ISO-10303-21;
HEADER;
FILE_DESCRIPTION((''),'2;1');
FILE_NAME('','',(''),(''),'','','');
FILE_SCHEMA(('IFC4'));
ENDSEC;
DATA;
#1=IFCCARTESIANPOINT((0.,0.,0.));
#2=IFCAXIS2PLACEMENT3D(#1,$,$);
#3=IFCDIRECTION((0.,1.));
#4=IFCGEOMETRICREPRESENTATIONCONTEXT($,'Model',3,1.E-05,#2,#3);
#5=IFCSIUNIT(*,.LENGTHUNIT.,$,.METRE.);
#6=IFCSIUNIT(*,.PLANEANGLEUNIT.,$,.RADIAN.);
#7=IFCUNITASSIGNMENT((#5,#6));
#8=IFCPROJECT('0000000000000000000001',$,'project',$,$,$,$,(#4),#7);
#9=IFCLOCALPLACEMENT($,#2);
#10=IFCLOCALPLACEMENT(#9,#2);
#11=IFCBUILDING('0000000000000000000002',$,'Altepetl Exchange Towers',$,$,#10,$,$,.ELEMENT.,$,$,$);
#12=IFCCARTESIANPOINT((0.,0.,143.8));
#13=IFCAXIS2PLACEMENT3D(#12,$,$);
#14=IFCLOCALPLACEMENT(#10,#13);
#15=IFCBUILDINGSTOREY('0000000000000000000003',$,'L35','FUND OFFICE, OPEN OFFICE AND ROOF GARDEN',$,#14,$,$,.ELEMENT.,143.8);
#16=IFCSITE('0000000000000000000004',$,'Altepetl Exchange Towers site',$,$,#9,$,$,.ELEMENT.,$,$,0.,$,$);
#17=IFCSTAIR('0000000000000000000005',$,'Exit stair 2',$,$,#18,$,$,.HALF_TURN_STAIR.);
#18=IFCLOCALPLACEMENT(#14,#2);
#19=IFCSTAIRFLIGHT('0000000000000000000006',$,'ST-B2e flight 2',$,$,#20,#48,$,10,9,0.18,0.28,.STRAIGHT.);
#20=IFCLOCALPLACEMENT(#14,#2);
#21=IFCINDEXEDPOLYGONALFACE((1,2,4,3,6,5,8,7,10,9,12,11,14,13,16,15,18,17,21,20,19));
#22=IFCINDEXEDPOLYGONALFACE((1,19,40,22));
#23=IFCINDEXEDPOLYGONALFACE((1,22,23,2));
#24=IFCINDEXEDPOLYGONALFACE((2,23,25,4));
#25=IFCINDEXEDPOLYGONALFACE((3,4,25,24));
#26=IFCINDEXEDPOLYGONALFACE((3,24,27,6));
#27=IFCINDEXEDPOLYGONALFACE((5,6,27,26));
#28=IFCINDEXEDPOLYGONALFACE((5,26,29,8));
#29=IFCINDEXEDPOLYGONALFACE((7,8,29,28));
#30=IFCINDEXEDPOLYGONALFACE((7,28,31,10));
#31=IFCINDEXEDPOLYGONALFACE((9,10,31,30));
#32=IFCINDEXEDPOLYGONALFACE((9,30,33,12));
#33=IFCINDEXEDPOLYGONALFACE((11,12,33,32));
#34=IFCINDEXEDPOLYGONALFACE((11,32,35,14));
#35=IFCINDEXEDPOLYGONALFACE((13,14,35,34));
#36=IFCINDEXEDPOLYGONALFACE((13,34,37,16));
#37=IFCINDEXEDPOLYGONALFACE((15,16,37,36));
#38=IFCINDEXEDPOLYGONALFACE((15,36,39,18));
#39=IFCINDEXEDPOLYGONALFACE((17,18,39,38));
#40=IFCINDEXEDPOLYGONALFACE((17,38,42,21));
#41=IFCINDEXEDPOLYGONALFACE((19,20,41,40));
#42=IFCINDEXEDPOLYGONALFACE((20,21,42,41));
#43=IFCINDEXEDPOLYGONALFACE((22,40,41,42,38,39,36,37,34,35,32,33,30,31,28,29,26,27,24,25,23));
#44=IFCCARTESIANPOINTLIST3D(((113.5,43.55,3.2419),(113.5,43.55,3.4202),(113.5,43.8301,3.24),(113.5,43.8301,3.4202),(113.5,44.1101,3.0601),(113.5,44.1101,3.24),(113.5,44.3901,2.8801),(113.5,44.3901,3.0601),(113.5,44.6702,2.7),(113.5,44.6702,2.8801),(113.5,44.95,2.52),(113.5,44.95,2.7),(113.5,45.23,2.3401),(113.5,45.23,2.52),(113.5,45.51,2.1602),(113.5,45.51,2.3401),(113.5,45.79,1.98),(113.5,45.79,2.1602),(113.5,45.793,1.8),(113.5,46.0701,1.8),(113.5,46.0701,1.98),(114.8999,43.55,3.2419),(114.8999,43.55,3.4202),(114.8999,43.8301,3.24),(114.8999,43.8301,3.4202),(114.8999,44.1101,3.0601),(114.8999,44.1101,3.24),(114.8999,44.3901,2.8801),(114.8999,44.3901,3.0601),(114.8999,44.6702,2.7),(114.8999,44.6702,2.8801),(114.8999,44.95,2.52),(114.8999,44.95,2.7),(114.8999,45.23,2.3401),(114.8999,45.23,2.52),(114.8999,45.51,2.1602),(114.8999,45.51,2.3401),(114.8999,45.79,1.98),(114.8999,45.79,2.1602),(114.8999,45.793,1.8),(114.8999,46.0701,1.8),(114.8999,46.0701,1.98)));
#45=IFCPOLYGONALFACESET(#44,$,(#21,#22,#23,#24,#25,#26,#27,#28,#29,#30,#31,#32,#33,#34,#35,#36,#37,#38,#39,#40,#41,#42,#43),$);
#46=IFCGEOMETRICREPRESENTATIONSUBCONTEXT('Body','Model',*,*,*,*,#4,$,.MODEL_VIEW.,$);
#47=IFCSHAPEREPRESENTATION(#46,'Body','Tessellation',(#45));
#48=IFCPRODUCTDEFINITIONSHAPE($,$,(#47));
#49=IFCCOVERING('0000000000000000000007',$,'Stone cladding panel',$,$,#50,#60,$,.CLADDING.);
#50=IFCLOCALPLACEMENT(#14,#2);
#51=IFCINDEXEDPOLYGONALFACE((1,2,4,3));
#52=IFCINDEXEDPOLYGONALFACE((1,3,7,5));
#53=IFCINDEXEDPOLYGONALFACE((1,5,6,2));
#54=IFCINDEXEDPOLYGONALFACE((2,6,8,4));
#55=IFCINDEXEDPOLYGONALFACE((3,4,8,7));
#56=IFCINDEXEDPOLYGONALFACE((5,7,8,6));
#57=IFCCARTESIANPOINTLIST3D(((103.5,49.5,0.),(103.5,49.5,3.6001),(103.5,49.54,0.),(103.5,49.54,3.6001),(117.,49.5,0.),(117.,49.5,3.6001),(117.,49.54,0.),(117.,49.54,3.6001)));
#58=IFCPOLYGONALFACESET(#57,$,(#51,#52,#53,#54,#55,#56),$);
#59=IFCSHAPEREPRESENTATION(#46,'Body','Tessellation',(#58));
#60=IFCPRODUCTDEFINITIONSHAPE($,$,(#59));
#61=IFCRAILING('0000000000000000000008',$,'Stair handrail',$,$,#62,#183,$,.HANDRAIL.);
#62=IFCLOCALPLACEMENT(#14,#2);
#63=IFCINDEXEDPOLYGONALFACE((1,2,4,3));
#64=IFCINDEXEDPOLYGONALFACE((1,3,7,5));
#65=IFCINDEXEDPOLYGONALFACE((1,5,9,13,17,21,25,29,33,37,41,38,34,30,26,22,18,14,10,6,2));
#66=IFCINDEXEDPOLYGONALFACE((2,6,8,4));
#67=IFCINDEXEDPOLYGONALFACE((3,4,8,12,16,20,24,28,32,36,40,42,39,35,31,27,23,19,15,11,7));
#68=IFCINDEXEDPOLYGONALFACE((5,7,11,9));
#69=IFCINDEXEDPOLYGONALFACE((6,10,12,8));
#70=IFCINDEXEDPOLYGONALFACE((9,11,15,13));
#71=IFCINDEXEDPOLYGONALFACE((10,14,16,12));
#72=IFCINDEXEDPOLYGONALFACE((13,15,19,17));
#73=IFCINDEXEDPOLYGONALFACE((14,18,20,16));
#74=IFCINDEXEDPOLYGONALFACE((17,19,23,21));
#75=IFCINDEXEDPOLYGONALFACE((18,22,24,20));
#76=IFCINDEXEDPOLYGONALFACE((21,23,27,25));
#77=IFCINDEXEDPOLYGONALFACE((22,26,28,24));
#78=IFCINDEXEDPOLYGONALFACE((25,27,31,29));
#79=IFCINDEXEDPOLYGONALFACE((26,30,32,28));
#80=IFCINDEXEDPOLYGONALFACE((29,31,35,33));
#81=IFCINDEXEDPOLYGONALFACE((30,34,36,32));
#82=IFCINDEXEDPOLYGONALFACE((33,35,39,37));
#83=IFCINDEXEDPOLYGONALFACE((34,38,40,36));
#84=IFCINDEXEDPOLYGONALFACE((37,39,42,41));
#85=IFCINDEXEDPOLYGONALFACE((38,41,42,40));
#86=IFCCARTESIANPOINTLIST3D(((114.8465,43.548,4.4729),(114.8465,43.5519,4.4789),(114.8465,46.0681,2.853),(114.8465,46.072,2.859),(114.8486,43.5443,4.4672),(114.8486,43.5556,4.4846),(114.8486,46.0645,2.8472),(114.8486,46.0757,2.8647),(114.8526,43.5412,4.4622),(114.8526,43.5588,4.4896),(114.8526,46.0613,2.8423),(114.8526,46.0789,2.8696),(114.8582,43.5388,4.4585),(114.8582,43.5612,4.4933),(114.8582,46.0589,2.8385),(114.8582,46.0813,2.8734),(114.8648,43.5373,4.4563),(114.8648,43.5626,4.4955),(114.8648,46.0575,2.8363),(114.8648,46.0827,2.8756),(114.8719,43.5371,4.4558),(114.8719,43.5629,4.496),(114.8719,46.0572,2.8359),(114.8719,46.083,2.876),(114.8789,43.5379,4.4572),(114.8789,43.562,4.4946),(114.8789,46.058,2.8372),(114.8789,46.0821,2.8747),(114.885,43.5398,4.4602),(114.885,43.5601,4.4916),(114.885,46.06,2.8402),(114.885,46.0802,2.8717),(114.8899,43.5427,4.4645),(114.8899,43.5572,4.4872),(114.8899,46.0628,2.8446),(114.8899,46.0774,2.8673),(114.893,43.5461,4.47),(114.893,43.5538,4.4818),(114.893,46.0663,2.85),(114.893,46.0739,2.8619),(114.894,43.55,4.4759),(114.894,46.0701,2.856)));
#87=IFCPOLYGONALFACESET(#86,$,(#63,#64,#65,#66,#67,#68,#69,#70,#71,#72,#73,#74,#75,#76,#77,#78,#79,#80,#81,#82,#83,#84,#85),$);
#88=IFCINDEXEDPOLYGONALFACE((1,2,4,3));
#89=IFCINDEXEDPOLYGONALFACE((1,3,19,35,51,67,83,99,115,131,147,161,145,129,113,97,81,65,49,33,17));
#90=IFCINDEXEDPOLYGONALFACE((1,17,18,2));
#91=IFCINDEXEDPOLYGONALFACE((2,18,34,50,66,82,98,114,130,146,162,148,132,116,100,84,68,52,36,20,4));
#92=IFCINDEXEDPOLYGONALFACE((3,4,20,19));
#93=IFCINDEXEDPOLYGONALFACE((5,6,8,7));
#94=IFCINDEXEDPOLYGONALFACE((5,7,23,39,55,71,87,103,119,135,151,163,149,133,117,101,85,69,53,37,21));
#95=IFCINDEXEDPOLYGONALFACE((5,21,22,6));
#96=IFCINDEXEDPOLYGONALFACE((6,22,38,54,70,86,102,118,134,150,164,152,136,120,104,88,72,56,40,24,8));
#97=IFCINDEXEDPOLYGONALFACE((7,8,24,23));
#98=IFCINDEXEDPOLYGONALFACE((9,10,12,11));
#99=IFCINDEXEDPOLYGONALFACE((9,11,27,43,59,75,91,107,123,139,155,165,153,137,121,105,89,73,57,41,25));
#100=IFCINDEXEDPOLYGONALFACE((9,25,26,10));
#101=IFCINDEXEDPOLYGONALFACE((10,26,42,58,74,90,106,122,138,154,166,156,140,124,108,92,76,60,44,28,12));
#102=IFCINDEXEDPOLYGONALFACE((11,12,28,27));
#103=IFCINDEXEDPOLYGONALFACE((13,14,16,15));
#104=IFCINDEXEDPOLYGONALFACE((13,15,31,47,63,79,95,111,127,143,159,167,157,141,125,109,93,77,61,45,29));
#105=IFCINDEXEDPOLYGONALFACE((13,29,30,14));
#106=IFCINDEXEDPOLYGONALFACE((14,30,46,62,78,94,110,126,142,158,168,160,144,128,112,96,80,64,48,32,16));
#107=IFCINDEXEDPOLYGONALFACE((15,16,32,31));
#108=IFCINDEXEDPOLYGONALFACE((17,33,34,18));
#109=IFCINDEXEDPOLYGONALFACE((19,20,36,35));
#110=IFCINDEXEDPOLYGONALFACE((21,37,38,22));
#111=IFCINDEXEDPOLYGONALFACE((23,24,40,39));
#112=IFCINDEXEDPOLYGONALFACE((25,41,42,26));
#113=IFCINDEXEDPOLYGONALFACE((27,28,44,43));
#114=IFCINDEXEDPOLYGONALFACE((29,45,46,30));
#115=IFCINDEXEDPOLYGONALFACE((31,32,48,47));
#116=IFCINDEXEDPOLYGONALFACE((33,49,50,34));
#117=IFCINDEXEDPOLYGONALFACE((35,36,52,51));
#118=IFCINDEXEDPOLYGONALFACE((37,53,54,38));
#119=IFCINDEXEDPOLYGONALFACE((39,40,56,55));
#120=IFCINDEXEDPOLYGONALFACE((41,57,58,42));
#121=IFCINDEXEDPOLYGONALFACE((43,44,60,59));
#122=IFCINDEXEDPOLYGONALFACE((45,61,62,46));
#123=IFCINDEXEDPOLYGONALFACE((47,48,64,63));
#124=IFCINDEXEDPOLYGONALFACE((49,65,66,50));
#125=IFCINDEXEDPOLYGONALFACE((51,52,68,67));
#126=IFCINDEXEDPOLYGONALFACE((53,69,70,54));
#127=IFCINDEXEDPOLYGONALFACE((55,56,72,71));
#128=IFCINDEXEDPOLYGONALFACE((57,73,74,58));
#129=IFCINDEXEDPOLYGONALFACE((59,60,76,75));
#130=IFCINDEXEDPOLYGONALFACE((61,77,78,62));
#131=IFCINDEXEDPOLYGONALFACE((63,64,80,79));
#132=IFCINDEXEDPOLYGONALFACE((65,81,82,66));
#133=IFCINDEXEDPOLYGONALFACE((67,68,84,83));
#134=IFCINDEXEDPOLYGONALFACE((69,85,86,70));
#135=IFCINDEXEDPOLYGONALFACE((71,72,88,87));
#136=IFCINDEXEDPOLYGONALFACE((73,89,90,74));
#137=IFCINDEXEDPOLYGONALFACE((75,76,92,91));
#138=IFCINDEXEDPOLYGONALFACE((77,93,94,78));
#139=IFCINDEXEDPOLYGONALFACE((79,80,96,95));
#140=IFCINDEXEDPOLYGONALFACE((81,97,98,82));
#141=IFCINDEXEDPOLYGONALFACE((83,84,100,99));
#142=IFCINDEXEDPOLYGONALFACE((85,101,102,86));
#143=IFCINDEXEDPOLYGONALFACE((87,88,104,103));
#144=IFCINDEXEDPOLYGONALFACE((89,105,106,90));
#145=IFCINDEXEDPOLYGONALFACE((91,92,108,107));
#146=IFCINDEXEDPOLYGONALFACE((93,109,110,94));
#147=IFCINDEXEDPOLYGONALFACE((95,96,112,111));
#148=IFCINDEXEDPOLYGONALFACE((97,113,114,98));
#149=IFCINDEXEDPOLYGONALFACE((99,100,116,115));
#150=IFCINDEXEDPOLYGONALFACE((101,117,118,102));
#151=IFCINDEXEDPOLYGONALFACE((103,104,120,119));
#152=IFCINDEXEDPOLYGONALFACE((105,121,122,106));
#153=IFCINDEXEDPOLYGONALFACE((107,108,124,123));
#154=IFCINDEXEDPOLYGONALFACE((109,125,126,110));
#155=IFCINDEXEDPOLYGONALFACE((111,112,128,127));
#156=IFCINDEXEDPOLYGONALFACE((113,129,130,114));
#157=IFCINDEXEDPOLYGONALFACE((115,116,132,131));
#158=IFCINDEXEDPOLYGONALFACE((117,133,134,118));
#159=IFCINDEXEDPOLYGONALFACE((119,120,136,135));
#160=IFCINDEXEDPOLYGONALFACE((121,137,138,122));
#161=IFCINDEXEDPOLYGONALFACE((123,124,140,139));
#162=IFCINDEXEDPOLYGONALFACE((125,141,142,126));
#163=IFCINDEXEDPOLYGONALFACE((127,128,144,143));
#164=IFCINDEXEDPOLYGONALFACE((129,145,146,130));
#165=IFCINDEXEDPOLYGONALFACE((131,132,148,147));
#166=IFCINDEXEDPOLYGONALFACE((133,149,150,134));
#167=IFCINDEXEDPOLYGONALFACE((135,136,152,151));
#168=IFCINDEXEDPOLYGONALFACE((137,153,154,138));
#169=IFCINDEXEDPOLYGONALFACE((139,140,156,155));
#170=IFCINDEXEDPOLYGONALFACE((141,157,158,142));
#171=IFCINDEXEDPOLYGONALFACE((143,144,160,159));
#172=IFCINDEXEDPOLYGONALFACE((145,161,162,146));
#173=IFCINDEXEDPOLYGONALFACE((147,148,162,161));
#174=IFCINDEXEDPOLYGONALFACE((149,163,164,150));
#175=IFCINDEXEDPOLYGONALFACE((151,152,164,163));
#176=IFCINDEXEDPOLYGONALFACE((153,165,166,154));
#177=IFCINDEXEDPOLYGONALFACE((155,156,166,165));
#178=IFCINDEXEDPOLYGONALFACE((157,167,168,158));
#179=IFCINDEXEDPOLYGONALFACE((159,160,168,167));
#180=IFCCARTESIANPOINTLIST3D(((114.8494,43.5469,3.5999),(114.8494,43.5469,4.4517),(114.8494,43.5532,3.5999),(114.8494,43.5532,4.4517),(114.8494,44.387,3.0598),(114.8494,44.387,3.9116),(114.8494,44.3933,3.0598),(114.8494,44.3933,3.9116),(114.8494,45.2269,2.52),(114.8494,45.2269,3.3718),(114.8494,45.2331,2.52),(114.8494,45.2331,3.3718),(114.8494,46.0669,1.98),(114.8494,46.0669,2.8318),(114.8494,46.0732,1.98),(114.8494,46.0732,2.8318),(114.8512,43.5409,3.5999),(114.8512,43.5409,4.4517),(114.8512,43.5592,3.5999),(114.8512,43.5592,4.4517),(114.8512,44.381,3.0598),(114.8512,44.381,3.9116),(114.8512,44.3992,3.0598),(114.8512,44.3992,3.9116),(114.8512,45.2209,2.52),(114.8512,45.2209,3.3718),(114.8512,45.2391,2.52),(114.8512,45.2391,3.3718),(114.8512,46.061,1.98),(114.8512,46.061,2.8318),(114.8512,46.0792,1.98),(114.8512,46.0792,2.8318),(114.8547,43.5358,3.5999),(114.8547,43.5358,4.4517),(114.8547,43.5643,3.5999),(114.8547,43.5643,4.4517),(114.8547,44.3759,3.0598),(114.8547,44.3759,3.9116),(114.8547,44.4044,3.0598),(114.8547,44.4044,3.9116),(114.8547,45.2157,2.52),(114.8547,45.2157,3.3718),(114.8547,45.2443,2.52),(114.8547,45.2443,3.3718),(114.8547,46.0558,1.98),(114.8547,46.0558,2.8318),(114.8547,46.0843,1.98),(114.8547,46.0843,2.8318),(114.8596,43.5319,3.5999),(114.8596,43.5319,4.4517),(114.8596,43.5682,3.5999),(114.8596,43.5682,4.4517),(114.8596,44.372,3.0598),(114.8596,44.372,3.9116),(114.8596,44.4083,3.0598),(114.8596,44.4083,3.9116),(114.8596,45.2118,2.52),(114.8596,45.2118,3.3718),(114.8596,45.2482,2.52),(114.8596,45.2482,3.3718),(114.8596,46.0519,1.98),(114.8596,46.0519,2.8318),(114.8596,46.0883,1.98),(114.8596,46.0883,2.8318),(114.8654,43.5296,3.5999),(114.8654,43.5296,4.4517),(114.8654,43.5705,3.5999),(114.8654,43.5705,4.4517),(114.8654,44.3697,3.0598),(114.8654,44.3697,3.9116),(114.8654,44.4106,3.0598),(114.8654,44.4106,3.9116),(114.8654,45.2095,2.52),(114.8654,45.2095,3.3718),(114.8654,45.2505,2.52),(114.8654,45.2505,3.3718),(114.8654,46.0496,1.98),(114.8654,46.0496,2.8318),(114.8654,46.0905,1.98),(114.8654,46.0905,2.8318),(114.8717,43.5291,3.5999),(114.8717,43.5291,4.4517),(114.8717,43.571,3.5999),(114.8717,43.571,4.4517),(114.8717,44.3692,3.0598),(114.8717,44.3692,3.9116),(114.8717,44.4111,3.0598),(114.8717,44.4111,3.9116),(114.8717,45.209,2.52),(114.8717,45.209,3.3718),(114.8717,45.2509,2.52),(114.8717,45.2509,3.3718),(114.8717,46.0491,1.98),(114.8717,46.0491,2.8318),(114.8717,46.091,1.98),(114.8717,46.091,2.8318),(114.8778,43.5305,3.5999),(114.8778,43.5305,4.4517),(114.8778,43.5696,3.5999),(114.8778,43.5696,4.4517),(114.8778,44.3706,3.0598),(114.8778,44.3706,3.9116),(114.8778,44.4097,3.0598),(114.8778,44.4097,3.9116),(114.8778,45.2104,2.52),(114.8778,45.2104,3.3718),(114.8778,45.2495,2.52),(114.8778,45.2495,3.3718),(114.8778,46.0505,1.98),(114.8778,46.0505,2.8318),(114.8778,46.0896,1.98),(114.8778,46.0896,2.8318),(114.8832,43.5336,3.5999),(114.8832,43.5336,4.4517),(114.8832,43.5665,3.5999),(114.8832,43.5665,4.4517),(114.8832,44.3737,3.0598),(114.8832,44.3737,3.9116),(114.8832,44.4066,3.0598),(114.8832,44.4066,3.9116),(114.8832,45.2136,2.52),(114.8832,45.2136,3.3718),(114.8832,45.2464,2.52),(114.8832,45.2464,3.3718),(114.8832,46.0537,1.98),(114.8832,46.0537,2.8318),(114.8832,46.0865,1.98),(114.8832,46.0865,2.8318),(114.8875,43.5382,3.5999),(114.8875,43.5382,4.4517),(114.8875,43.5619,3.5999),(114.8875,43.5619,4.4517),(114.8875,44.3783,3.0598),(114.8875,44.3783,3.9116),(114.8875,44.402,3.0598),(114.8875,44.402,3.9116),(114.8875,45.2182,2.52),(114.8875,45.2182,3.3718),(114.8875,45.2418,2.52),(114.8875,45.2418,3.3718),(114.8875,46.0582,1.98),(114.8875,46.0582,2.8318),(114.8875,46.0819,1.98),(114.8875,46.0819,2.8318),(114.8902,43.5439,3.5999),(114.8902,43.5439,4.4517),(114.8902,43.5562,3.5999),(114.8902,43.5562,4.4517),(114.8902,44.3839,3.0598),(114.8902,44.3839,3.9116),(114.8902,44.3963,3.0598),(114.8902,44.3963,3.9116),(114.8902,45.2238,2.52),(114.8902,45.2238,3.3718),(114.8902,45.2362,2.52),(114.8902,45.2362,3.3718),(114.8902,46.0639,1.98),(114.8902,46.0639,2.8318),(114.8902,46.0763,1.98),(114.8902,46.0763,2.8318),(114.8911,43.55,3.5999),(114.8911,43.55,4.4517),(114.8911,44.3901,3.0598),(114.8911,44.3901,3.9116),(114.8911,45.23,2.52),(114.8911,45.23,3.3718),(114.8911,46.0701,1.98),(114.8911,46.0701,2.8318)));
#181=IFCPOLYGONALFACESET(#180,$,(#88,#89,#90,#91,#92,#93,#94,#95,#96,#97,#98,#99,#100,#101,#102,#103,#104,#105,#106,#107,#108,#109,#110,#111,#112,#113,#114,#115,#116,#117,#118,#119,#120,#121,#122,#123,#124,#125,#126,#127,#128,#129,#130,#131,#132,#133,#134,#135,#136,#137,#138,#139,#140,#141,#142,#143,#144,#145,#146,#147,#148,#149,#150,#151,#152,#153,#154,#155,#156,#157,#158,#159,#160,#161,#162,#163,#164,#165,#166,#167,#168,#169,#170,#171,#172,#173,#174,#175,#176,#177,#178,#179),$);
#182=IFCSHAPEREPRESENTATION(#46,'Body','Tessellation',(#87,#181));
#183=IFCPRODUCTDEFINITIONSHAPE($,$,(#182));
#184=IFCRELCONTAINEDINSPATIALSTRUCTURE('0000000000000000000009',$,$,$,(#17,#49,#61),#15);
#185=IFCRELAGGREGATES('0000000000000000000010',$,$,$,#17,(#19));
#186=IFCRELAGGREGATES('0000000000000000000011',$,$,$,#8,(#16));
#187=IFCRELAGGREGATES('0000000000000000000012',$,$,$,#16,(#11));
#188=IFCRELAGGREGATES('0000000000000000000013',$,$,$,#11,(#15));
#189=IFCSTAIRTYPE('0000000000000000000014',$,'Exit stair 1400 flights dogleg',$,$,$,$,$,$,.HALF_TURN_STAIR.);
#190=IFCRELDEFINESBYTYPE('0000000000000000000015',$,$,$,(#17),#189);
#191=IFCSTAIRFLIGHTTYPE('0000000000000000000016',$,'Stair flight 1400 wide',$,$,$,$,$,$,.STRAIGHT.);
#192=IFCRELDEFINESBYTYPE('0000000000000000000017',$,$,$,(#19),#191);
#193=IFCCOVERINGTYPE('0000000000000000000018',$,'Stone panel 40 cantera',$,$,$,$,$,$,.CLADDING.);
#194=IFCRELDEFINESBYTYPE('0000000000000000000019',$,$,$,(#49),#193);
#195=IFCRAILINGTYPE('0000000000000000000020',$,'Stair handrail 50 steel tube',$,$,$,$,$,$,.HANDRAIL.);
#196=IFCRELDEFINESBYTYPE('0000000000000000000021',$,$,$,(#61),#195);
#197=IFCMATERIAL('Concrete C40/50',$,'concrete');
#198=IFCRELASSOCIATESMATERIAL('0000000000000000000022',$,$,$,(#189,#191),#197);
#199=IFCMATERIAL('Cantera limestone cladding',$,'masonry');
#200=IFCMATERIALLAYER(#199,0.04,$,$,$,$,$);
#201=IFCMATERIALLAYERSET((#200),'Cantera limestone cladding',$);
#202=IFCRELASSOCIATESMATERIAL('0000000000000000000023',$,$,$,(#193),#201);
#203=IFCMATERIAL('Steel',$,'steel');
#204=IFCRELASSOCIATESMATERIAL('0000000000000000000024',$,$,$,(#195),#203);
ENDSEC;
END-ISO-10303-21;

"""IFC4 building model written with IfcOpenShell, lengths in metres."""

from ifc_helpers import new_model, si_unit, direction, frame, origin, origin_2d, place, context, subcontext, project, spatial, polyline, rectangle, circle, outline, extrude, source, transform, mapped, material, layer, layer_set, type_object, element, aggregate, save


model = new_model("IFC4")

# Units and contexts
model_context = context("Model", 3, precision=1e-05, world=origin(), true_north=direction((0.0, 1.0)))
body_context = subcontext(model_context, "Body", "Model", "MODEL_VIEW")
ifc_project = project(units=[si_unit("LENGTHUNIT", "METRE"), si_unit("PLANEANGLEUNIT", "RADIAN")], contexts=[model_context])

# Site, building, storey
site_placement = place(None, origin())
site = spatial("IfcSite", under=ifc_project, at=site_placement, Name="Altepetl Exchange Towers site", CompositionType="ELEMENT", RefElevation=0.0)
building_placement = place(site_placement, origin())
building = spatial("IfcBuilding", under=site, at=building_placement, Name="Altepetl Exchange Towers", CompositionType="ELEMENT")
storey_placement = place(building_placement, frame((0.0, 0.0, 143.8)))
storey = spatial("IfcBuildingStorey", under=building, at=storey_placement, Name="L35", Description="FUND OFFICE, OPEN OFFICE AND ROOF GARDEN", CompositionType="ELEMENT", Elevation=143.8)

# Shared definitions
ifc_material_1 = material(Name="Concrete C40/50", Category="concrete")

# Stair, stair flight
stair_type = type_object("IfcStairType", Name="Exit stair 1400 flights dogleg", PredefinedType="HALF_TURN_STAIR", material=ifc_material_1)
stair_placement = place(storey_placement, origin())
stair = element("IfcStair", 1, at=stair_placement, inside=storey, type_object=stair_type, Name="Exit stair 2", PredefinedType="HALF_TURN_STAIR")
stair_flight_type = type_object("IfcStairFlightType", Name="Stair flight 1400 wide", PredefinedType="STRAIGHT", material=ifc_material_1)
stair_flight_placement = place(storey_placement, frame((114.2, 46.0701, 1.8), z_axis=(0.0, 0.0, 1.0), x_axis=(0.0, -1.0, 0.0)))
stair_flight = element("IfcStairFlight", 2, at=stair_flight_placement, type_object=stair_flight_type, Name="ST-B2e flight 2", NumberOfRisers=10, NumberOfTreads=9, PredefinedType="STRAIGHT", RiserHeight=0.18, TreadLength=0.28, context=body_context, shape_type="SweptSolid", body=[
    extrude(outline(polyline([(0.0, 0.0), (0.0, 0.1799), (0.28, 0.1799), (0.28, 0.3601), (0.5601, 0.3601), (0.5601, 0.54), (0.8401, 0.54), (0.8401, 0.72), (1.1201, 0.72), (1.1201, 0.8999), (1.3999, 0.8999), (1.3999, 1.0801), (1.6799, 1.0801), (1.6799, 1.26), (1.96, 1.26), (1.96, 1.4399), (2.24, 1.4399), (2.24, 1.6201), (2.52, 1.6201), (2.52, 1.8), (2.52, 1.4419), (0.2771, 0.0), (0.0, 0.0)])), frame((0.0, 0.7, 0.0), z_axis=(0.0, -1.0, 0.0), x_axis=(1.0, 0.0, 0.0)), (0.0, 0.0, 1.0), 1.3999),
])
aggregate(stair, [stair_flight])

# Covering
ifc_material_2 = material(Name="Cantera limestone cladding", Category="masonry")
ifc_layer_1 = layer(ifc_material_2, 0.04)
ifc_layer_set_1 = layer_set([ifc_layer_1], Name="Cantera limestone cladding")
covering_type = type_object("IfcCoveringType", Name="Stone panel 40 cantera", PredefinedType="CLADDING", material=ifc_layer_set_1)
covering_placement = place(storey_placement, frame((110.25, 49.52, 0.0), z_axis=(0.0, 0.0, 1.0), x_axis=(-1.0, 0.0, 0.0)))
element("IfcCovering", 3, at=covering_placement, inside=storey, type_object=covering_type, Name="Stone cladding panel", PredefinedType="CLADDING", context=body_context, shape_type="SweptSolid", body=[
    extrude(rectangle(XDim=13.5, YDim=0.04, at=origin_2d()), origin(), (0.0, 0.0, 1.0), 3.6001),
])

# Railing
ifc_material_3 = material(Name="Steel", Category="steel")
railing_type = type_object("IfcRailingType", Name="Stair handrail 50 steel tube", PredefinedType="HANDRAIL", material=ifc_material_3)
shared_shape = source(origin(), body_context, "Body", "SweptSolid", [
    extrude(circle(Radius=0.021, at=origin_2d()), origin(), (0.0, 0.0, 1.0), 0.8518),
])
railing_placement = place(storey_placement, frame((114.8701, 46.0701, 1.98)))
element("IfcRailing", 4, at=railing_placement, inside=storey, type_object=railing_type, Name="Stair handrail", PredefinedType="HANDRAIL", context=body_context, shape_type="SweptSolid", body=[
    extrude(circle(Radius=0.0239, at=origin_2d()), frame((0.0, 0.0, 0.876), z_axis=(0.0, -0.8412, 0.540725), x_axis=(1.0, 0.0, 0.0)), (0.0, 0.0, 1.0), 2.9958),
    mapped(shared_shape, transform((0.0, 0.0, 0.0))),
    mapped(shared_shape, transform((0.0, -0.8401, 0.54))),
    mapped(shared_shape, transform((0.0, -1.6799, 1.0798))),
    mapped(shared_shape, transform((0.0, -2.52, 1.6199))),
])

save(model, "model.ifc")
